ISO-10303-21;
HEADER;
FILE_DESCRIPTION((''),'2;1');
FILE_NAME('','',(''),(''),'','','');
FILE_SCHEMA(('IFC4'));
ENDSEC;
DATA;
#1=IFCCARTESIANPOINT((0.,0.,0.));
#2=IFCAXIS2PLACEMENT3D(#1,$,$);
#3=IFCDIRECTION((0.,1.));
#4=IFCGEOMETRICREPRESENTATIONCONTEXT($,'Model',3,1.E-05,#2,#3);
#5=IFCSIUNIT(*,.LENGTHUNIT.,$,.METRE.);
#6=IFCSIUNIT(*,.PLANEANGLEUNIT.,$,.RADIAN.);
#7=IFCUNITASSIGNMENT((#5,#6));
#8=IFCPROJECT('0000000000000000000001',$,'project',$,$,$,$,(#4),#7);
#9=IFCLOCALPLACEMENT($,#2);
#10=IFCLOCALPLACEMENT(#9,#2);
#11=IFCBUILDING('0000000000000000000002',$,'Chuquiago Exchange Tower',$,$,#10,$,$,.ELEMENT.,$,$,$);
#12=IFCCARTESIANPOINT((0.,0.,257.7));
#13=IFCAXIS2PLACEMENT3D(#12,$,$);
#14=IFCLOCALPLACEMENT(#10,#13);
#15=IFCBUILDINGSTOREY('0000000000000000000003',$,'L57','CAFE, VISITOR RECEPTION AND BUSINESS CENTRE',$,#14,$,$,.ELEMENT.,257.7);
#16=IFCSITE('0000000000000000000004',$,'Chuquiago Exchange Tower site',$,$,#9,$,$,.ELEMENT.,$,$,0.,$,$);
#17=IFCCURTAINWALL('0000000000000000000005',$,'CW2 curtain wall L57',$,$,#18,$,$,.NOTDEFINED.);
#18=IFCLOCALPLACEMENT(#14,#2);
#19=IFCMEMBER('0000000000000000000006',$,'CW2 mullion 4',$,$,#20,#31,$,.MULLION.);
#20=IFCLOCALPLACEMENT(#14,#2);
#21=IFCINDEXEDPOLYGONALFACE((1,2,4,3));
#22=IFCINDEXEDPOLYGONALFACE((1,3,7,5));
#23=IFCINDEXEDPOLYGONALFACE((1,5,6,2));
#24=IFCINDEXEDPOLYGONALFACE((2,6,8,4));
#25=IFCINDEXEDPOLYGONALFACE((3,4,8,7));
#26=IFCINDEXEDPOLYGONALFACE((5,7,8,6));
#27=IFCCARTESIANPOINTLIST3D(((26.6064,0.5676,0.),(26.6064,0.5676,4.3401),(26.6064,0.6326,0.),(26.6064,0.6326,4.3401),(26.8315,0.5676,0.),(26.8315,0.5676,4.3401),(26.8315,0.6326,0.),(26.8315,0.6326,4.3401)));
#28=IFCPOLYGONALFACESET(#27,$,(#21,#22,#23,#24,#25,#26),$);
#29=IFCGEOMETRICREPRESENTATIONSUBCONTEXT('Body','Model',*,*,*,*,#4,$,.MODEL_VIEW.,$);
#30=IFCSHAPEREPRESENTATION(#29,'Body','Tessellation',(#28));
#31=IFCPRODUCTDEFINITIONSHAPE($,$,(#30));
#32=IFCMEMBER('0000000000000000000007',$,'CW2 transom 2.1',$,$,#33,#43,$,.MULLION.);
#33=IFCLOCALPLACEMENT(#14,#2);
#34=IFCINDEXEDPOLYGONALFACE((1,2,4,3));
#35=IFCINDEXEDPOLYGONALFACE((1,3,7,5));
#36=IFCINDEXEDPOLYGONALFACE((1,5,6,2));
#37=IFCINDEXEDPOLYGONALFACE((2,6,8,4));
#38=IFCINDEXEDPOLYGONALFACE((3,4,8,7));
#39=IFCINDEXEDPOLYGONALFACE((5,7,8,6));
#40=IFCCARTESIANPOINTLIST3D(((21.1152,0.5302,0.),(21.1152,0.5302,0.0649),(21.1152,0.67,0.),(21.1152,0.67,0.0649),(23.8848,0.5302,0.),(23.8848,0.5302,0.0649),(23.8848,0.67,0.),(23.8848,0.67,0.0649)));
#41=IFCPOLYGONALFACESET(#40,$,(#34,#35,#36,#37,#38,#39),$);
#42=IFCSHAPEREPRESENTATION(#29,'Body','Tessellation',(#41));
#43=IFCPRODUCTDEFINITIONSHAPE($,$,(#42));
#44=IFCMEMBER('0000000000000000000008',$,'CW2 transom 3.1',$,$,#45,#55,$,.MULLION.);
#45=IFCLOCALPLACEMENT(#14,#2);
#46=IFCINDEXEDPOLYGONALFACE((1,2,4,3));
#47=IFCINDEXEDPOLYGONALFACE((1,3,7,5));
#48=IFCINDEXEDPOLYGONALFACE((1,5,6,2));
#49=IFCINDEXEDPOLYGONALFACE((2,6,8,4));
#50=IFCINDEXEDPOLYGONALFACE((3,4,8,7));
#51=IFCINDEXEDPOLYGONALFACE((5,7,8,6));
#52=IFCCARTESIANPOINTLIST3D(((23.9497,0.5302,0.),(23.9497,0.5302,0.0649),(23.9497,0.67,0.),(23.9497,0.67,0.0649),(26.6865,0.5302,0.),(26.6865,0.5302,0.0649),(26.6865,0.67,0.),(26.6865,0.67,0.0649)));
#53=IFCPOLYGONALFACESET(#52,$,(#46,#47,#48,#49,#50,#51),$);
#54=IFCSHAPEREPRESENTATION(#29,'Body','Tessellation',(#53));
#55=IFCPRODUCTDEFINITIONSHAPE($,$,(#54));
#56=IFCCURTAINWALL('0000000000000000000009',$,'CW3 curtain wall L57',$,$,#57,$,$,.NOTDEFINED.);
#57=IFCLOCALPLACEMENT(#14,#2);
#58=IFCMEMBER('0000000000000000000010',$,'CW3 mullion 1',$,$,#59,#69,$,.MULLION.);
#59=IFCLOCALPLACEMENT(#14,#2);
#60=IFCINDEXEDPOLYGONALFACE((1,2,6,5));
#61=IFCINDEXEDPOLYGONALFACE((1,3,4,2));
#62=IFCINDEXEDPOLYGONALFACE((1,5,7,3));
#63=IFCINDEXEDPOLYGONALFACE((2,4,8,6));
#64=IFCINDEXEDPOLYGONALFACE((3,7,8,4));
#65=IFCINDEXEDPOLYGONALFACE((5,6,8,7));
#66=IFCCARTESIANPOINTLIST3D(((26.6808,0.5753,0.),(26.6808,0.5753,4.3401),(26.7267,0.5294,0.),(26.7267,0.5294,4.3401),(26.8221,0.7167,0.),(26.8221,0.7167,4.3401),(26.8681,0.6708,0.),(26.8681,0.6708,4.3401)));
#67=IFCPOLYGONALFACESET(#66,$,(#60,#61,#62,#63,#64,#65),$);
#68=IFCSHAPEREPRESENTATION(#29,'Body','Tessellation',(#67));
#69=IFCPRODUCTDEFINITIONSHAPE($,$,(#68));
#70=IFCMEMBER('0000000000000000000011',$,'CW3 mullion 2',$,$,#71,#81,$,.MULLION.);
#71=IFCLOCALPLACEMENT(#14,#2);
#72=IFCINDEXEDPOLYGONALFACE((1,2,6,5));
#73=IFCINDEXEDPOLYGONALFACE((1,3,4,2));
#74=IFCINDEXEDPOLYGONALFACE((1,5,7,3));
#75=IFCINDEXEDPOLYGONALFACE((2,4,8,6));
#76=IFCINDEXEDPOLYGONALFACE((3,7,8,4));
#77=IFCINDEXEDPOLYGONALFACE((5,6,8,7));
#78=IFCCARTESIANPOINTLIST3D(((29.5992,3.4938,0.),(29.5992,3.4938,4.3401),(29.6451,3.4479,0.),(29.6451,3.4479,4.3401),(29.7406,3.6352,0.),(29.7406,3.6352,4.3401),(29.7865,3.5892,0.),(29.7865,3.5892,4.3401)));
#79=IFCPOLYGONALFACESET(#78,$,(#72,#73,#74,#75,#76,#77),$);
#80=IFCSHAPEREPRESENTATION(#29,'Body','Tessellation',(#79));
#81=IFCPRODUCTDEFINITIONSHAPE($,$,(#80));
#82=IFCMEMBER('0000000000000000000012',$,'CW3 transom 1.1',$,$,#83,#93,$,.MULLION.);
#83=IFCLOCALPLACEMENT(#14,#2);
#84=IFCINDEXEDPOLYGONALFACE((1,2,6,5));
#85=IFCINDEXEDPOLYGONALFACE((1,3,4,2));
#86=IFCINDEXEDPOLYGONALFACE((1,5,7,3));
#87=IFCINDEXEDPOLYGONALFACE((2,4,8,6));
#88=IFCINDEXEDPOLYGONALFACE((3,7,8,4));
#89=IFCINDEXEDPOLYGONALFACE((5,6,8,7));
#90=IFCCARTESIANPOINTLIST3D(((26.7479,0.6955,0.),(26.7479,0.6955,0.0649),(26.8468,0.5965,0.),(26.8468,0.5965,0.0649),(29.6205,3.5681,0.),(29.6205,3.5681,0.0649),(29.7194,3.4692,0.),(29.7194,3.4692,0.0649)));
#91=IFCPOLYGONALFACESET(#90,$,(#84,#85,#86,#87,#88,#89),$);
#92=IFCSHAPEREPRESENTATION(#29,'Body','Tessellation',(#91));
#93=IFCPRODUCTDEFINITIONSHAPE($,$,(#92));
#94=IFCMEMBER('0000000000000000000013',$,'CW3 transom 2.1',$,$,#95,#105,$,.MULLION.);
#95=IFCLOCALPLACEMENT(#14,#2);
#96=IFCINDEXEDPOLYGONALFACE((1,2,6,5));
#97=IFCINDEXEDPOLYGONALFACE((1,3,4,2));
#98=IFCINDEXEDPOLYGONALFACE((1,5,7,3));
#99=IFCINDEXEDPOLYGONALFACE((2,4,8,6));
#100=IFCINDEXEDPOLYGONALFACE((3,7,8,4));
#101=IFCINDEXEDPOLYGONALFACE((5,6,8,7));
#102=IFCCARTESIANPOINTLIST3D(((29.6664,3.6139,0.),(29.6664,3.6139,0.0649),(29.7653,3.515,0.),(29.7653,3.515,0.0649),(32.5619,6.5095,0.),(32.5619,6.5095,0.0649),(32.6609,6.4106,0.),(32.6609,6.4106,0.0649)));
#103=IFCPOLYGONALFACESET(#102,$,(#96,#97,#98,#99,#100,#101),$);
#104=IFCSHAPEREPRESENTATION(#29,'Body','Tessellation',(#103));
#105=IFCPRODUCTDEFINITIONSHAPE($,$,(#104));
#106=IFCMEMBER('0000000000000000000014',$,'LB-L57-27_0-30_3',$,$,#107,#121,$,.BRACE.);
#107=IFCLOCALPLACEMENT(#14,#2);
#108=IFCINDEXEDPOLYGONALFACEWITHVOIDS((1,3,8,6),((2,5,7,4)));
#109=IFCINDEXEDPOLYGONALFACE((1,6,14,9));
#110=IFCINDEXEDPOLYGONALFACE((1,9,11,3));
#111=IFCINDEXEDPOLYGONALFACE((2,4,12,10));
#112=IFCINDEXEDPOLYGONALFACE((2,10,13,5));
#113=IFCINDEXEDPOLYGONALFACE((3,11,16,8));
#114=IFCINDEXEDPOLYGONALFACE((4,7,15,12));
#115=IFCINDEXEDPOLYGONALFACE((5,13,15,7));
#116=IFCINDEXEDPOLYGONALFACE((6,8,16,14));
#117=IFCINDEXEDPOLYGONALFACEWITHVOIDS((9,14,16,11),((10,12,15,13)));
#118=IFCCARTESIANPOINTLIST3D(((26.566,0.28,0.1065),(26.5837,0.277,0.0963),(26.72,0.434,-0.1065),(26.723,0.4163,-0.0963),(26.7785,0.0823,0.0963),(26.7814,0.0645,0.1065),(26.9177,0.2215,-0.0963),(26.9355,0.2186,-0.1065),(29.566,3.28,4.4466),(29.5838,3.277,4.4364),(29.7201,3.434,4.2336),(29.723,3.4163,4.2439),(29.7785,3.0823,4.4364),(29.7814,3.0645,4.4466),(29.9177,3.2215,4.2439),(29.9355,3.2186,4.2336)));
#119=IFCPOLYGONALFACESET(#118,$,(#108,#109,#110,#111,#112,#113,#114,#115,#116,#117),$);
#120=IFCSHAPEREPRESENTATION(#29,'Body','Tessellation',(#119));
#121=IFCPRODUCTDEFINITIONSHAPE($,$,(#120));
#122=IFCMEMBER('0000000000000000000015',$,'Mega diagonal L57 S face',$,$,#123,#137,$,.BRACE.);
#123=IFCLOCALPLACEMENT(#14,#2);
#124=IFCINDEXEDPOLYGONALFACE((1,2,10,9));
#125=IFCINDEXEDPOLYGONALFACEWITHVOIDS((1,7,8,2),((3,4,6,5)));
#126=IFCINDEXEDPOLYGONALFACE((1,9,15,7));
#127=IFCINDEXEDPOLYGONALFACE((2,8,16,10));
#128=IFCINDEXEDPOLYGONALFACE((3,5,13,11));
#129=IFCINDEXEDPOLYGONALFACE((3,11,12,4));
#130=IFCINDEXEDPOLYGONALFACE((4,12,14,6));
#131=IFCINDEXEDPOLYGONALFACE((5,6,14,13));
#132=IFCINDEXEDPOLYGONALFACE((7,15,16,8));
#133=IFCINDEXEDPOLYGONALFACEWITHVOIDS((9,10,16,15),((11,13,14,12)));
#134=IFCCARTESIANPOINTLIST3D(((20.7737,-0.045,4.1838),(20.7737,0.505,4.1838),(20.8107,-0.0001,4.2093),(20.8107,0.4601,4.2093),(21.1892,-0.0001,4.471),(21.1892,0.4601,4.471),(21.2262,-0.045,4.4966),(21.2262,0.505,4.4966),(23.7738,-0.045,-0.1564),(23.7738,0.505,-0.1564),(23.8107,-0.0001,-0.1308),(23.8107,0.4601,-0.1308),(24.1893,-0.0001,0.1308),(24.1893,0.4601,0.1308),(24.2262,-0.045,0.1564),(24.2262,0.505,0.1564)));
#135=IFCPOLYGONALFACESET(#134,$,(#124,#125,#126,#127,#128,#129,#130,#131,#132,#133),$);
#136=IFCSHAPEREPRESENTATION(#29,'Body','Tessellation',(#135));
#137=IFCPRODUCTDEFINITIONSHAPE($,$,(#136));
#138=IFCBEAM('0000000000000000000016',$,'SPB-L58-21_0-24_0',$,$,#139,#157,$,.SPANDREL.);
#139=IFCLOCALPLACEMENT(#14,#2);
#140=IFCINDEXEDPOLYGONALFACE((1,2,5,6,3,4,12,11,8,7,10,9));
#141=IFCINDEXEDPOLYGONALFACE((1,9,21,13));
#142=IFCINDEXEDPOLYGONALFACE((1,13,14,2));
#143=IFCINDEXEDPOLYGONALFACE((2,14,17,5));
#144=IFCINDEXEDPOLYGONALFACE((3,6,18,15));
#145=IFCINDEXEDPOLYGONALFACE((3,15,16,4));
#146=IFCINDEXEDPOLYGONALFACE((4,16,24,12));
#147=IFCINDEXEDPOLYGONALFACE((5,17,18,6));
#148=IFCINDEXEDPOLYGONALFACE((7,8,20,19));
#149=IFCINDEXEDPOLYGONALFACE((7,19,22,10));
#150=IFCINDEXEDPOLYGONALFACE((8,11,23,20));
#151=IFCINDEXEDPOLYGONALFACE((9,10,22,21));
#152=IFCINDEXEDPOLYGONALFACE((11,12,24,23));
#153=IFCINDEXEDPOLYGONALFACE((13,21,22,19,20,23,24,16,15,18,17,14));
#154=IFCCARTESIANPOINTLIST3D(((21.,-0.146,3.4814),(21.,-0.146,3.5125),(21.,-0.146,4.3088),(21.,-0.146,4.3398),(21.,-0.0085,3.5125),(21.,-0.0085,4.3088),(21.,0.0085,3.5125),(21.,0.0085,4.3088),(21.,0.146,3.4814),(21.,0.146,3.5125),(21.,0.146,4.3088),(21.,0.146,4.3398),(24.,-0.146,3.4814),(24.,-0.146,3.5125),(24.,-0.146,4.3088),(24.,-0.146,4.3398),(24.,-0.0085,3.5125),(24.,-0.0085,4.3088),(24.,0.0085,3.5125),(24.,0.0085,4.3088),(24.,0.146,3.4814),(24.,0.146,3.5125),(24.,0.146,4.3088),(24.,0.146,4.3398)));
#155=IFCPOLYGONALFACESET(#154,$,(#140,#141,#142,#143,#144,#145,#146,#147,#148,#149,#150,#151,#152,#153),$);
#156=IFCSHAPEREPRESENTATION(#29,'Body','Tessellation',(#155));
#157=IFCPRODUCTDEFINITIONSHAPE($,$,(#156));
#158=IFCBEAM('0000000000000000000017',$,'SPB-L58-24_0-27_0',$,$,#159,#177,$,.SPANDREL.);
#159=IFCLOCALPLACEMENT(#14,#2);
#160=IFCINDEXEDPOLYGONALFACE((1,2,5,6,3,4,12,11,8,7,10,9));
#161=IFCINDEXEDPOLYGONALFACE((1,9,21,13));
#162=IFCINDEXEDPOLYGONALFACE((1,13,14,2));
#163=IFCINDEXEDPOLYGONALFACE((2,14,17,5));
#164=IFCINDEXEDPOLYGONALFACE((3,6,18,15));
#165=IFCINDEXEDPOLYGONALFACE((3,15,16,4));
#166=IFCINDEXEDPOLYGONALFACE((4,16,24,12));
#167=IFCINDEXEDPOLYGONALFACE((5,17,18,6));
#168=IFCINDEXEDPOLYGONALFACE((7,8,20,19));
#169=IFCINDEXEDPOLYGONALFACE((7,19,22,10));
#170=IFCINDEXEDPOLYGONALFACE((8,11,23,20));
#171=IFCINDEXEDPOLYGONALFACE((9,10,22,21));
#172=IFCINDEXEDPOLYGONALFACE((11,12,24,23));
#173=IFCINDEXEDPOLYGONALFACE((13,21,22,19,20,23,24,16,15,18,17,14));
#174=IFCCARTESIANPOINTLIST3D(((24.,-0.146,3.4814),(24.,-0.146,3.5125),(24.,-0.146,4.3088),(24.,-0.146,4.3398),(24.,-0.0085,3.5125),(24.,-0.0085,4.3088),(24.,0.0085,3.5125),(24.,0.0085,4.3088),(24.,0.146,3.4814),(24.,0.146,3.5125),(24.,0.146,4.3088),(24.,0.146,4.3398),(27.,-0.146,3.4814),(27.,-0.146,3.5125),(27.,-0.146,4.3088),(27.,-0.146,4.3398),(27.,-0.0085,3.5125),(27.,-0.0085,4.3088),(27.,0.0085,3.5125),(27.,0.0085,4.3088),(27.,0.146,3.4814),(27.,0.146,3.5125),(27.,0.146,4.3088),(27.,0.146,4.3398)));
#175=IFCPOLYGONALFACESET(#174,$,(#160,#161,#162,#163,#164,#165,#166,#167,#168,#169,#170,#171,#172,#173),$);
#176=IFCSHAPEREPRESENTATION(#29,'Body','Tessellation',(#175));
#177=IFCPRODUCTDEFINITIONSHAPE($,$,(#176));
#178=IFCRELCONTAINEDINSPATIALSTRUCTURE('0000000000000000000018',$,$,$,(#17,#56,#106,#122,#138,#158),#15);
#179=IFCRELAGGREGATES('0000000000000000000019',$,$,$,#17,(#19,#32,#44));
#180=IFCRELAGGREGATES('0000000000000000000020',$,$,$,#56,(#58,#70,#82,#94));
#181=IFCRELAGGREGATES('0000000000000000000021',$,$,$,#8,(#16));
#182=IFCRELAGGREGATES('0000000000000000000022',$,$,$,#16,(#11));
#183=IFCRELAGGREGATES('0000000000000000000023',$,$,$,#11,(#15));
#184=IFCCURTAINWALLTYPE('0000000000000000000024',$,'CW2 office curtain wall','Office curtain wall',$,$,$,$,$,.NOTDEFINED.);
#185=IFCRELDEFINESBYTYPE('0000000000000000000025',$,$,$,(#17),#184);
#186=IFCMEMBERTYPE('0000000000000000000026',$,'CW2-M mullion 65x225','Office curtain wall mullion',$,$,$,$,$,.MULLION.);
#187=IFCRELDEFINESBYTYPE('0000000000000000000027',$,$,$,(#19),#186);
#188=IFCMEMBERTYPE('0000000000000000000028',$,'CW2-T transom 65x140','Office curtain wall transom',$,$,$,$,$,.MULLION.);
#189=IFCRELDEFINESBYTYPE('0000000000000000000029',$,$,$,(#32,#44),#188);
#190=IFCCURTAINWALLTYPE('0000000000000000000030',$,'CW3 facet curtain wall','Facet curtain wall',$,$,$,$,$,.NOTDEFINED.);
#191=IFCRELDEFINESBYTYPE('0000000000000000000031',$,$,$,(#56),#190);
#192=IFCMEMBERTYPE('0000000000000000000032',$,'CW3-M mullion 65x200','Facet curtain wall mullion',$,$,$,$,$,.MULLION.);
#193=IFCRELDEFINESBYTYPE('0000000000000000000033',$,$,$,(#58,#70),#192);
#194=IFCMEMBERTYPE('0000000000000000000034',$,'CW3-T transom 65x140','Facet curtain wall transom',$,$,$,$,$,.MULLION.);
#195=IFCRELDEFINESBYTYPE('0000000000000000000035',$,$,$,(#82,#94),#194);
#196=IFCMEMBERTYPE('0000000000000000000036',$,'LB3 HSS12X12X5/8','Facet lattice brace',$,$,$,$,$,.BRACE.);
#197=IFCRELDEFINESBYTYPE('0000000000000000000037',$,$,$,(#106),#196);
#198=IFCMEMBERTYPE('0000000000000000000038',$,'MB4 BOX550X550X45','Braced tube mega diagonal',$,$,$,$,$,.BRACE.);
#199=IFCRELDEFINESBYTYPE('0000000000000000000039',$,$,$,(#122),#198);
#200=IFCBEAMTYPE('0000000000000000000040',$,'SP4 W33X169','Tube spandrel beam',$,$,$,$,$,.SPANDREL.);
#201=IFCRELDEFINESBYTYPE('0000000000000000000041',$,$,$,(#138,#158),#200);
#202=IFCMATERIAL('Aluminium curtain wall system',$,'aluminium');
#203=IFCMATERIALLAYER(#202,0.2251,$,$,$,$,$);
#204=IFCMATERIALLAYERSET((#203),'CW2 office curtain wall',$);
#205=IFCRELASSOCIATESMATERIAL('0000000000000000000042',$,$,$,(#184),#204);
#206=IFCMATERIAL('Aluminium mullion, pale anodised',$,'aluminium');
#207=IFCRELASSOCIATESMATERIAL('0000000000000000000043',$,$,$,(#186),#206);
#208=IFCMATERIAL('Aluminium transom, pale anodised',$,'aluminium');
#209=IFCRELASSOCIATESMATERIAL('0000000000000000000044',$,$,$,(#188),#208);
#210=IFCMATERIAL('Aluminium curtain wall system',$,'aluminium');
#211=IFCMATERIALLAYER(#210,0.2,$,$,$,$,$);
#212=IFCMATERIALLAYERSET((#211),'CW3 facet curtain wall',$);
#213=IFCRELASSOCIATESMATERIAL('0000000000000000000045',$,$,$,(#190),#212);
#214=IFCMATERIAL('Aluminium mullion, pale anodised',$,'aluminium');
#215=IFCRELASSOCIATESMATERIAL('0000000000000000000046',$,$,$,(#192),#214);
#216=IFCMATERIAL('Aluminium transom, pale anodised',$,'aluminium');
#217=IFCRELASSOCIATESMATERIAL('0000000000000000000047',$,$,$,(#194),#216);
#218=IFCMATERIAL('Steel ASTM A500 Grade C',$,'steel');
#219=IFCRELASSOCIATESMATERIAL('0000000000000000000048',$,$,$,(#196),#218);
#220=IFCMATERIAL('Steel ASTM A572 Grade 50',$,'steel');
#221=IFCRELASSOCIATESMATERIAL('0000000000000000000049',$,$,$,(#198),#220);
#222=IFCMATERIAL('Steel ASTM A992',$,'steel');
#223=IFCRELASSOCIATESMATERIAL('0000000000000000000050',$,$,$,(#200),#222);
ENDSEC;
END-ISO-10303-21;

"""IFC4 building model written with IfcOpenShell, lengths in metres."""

from ifc_helpers import new_model, si_unit, direction, frame, origin, origin_2d, place, context, subcontext, project, spatial, rectangle, hollow_rectangle, i_section, extrude, material, layer, layer_set, material_profile, profile_set, type_object, element, aggregate, save


model = new_model("IFC4")

# Units and contexts
model_context = context("Model", 3, precision=1e-05, world=origin(), true_north=direction((0.0, 1.0)))
body_context = subcontext(model_context, "Body", "Model", "MODEL_VIEW")
ifc_project = project(units=[si_unit("LENGTHUNIT", "METRE"), si_unit("PLANEANGLEUNIT", "RADIAN")], contexts=[model_context])

# Site, building, storey
site_placement = place(None, origin())
site = spatial("IfcSite", under=ifc_project, at=site_placement, Name="Chuquiago Exchange Tower site", CompositionType="ELEMENT", RefElevation=0.0)
building_placement = place(site_placement, origin())
building = spatial("IfcBuilding", under=site, at=building_placement, Name="Chuquiago Exchange Tower", CompositionType="ELEMENT")
storey_placement = place(building_placement, frame((0.0, 0.0, 257.7)))
storey = spatial("IfcBuildingStorey", under=building, at=storey_placement, Name="L57", Description="CAFE, VISITOR RECEPTION AND BUSINESS CENTRE", CompositionType="ELEMENT", Elevation=257.7)

# Curtain walls, members
ifc_material_1 = material(Name="Aluminium curtain wall system", Category="aluminium")
ifc_layer_1 = layer(ifc_material_1, 0.2251)
ifc_layer_set_1 = layer_set([ifc_layer_1], Name="CW2 office curtain wall")
curtain_wall_type_1 = type_object("IfcCurtainWallType", Name="CW2 office curtain wall", Description="Office curtain wall", PredefinedType="NOTDEFINED", material=ifc_layer_set_1)
curtain_wall_1_placement = place(storey_placement, origin())
curtain_wall_1 = element("IfcCurtainWall", 1, at=curtain_wall_1_placement, inside=storey, type_object=curtain_wall_type_1, Name="CW2 curtain wall L57", PredefinedType="NOTDEFINED")
ifc_material_2 = material(Name="Aluminium mullion, pale anodised", Category="aluminium")
ifc_material_profile_1 = material_profile(ifc_material_2, rectangle(XDim=0.0649, YDim=0.2251, at=origin_2d()), Name="AL 65x225")
ifc_profile_set_1 = profile_set([ifc_material_profile_1], Name="Aluminium mullion, pale anodised")
member_type_1 = type_object("IfcMemberType", Name="CW2-M mullion 65x225", Description="Office curtain wall mullion", PredefinedType="MULLION", material=ifc_profile_set_1)
member_1_placement = place(storey_placement, frame((26.719, 0.6001, 0.0), z_axis=(0.0, 0.0, 1.0), x_axis=(0.0, 1.0, 0.0)))
member_1 = element("IfcMember", 2, at=member_1_placement, type_object=member_type_1, Name="CW2 mullion 4", PredefinedType="MULLION", context=body_context, shape_type="SweptSolid", body=[
    extrude(rectangle(XDim=0.0649, YDim=0.2251, at=origin_2d()), origin(), (0.0, 0.0, 1.0), 4.3401),
])
ifc_material_3 = material(Name="Aluminium transom, pale anodised", Category="aluminium")
ifc_material_profile_2 = material_profile(ifc_material_3, rectangle(XDim=0.1399, YDim=0.0649, at=origin_2d()), Name="AL 140x65")
ifc_profile_set_2 = profile_set([ifc_material_profile_2], Name="Aluminium transom, pale anodised")
member_type_2 = type_object("IfcMemberType", Name="CW2-T transom 65x140", Description="Office curtain wall transom", PredefinedType="MULLION", material=ifc_profile_set_2)
member_2_placement = place(storey_placement, frame((21.1152, 0.6001, 0.0325), z_axis=(1.0, 0.0, 0.0), x_axis=(0.0, 1.0, 0.0)))
member_2 = element("IfcMember", 3, at=member_2_placement, type_object=member_type_2, Name="CW2 transom 2.1", PredefinedType="MULLION", context=body_context, shape_type="SweptSolid", body=[
    extrude(rectangle(XDim=0.1399, YDim=0.0649, at=origin_2d()), origin(), (0.0, 0.0, 1.0), 2.7695),
])
member_3_placement = place(storey_placement, frame((23.9497, 0.6001, 0.0325), z_axis=(1.0, 0.0, 0.0), x_axis=(0.0, 1.0, 0.0)))
member_3 = element("IfcMember", 4, at=member_3_placement, type_object=member_type_2, Name="CW2 transom 3.1", PredefinedType="MULLION", context=body_context, shape_type="SweptSolid", body=[
    extrude(rectangle(XDim=0.1399, YDim=0.0649, at=origin_2d()), origin(), (0.0, 0.0, 1.0), 2.7368),
])
ifc_material_4 = material(Name="Aluminium curtain wall system", Category="aluminium")
ifc_layer_2 = layer(ifc_material_4, 0.2)
ifc_layer_set_2 = layer_set([ifc_layer_2], Name="CW3 facet curtain wall")
curtain_wall_type_2 = type_object("IfcCurtainWallType", Name="CW3 facet curtain wall", Description="Facet curtain wall", PredefinedType="NOTDEFINED", material=ifc_layer_set_2)
curtain_wall_2_placement = place(storey_placement, origin())
curtain_wall_2 = element("IfcCurtainWall", 5, at=curtain_wall_2_placement, inside=storey, type_object=curtain_wall_type_2, Name="CW3 curtain wall L57", PredefinedType="NOTDEFINED")
ifc_material_5 = material(Name="Aluminium mullion, pale anodised", Category="aluminium")
ifc_material_profile_3 = material_profile(ifc_material_5, rectangle(XDim=0.0649, YDim=0.2, at=origin_2d()), Name="AL 65x200")
ifc_profile_set_3 = profile_set([ifc_material_profile_3], Name="Aluminium mullion, pale anodised")
member_type_3 = type_object("IfcMemberType", Name="CW3-M mullion 65x200", Description="Facet curtain wall mullion", PredefinedType="MULLION", material=ifc_profile_set_3)
member_4_placement = place(storey_placement, frame((26.7744, 0.623, 0.0), z_axis=(0.0, 0.0, 1.0), x_axis=(-0.707107, 0.707107, 0.0)))
member_4 = element("IfcMember", 6, at=member_4_placement, type_object=member_type_3, Name="CW3 mullion 1", PredefinedType="MULLION", context=body_context, shape_type="SweptSolid", body=[
    extrude(rectangle(XDim=0.0649, YDim=0.2, at=origin_2d()), origin(), (0.0, 0.0, 1.0), 4.3401),
])
member_5_placement = place(storey_placement, frame((29.6929, 3.5415, 0.0), z_axis=(0.0, 0.0, 1.0), x_axis=(-0.707107, 0.707107, 0.0)))
member_5 = element("IfcMember", 7, at=member_5_placement, type_object=member_type_3, Name="CW3 mullion 2", PredefinedType="MULLION", context=body_context, shape_type="SweptSolid", body=[
    extrude(rectangle(XDim=0.0649, YDim=0.2, at=origin_2d()), origin(), (0.0, 0.0, 1.0), 4.3401),
])
ifc_material_6 = material(Name="Aluminium transom, pale anodised", Category="aluminium")
ifc_material_profile_4 = material_profile(ifc_material_6, rectangle(XDim=0.1399, YDim=0.0649, at=origin_2d()), Name="AL 140x65")
ifc_profile_set_4 = profile_set([ifc_material_profile_4], Name="Aluminium transom, pale anodised")
member_type_4 = type_object("IfcMemberType", Name="CW3-T transom 65x140", Description="Facet curtain wall transom", PredefinedType="MULLION", material=ifc_profile_set_4)
member_6_placement = place(storey_placement, frame((26.7974, 0.646, 0.0325), z_axis=(0.707107, 0.707107, 0.0), x_axis=(-0.707107, 0.707107, 0.0)))
member_6 = element("IfcMember", 8, at=member_6_placement, type_object=member_type_4, Name="CW3 transom 1.1", PredefinedType="MULLION", context=body_context, shape_type="SweptSolid", body=[
    extrude(rectangle(XDim=0.1399, YDim=0.0649, at=origin_2d()), origin(), (0.0, 0.0, 1.0), 4.0625),
])
member_7_placement = place(storey_placement, frame((29.7158, 3.5645, 0.0325), z_axis=(0.707107, 0.707107, 0.0), x_axis=(-0.707107, 0.707107, 0.0)))
member_7 = element("IfcMember", 9, at=member_7_placement, type_object=member_type_4, Name="CW3 transom 2.1", PredefinedType="MULLION", context=body_context, shape_type="SweptSolid", body=[
    extrude(rectangle(XDim=0.1399, YDim=0.0649, at=origin_2d()), origin(), (0.0, 0.0, 1.0), 4.095),
])

# Members
ifc_material_7 = material(Name="Steel ASTM A500 Grade C", Category="steel")
ifc_material_profile_5 = material_profile(ifc_material_7, hollow_rectangle(XDim=0.3047, YDim=0.3047, WallThickness=0.0146, at=origin_2d()), Name="HSS12X12X5/8")
ifc_profile_set_5 = profile_set([ifc_material_profile_5], Name="Steel ASTM A500 Grade C")
member_type_5 = type_object("IfcMemberType", Name="LB3 HSS12X12X5/8", Description="Facet lattice brace", PredefinedType="BRACE", material=ifc_profile_set_5)
member_8_placement = place(storey_placement, frame((26.7507, 0.2493, 0.0), z_axis=(0.494291, 0.494291, 0.715089), x_axis=(-0.707107, 0.707107, 0.0)))
element("IfcMember", 10, at=member_8_placement, inside=storey, type_object=member_type_5, Name="LB-L57-27_0-30_3", PredefinedType="BRACE", context=body_context, shape_type="SweptSolid", body=[
    extrude(hollow_rectangle(XDim=0.3047, YDim=0.3047, WallThickness=0.0146, at=origin_2d()), origin(), (0.0, 0.0, 1.0), 6.0693),
])
ifc_material_8 = material(Name="Steel ASTM A572 Grade 50", Category="steel")
ifc_material_profile_6 = material_profile(ifc_material_8, hollow_rectangle(XDim=0.55, YDim=0.55, WallThickness=0.0449, at=origin_2d()), Name="BOX550X550X45")
ifc_profile_set_6 = profile_set([ifc_material_profile_6], Name="Steel ASTM A572 Grade 50")
member_type_6 = type_object("IfcMemberType", Name="MB4 BOX550X550X45", Description="Braced tube mega diagonal", PredefinedType="BRACE", material=ifc_profile_set_6)
member_9_placement = place(storey_placement, frame((24.0, 0.23, 0.0), z_axis=(-0.568611, 0.0, 0.822607), x_axis=(0.0, -1.0, 0.0)))
element("IfcMember", 11, at=member_9_placement, inside=storey, type_object=member_type_6, Name="Mega diagonal L57 S face", PredefinedType="BRACE", context=body_context, shape_type="SweptSolid", body=[
    extrude(hollow_rectangle(XDim=0.55, YDim=0.55, WallThickness=0.0449, at=origin_2d()), origin(), (0.0, 0.0, 1.0), 5.2761),
])

# Beams
ifc_material_9 = material(Name="Steel ASTM A992", Category="steel")
ifc_material_profile_7 = material_profile(ifc_material_9, i_section(OverallWidth=0.292, OverallDepth=0.8584, WebThickness=0.0171, FlangeThickness=0.031, at=origin_2d()), Name="W33X169")
ifc_profile_set_7 = profile_set([ifc_material_profile_7], Name="Steel ASTM A992")
beam_type_1 = type_object("IfcBeamType", Name="SP4 W33X169", Description="Tube spandrel beam", PredefinedType="SPANDREL", material=ifc_profile_set_7)
for number, where, z_axis, x_axis, name in (
    (12, (21.0, 0.0, 3.9106), (1.0, 0.0, 0.0), (0.0, 1.0, 0.0), "SPB-L58-21_0-24_0"),
    (13, (24.0, 0.0, 3.9106), (1.0, 0.0, 0.0), (0.0, 1.0, 0.0), "SPB-L58-24_0-27_0"),
):
    element("IfcBeam", number, at=place(storey_placement, frame(where, z_axis=z_axis, x_axis=x_axis)), inside=storey, type_object=beam_type_1, Name=name, PredefinedType="SPANDREL", context=body_context, shape_type="SweptSolid", body=[
        extrude(i_section(OverallWidth=0.292, OverallDepth=0.8584, WebThickness=0.0171, FlangeThickness=0.031, at=origin_2d()), origin(), (0.0, 0.0, 1.0), 3.0),
    ])

aggregate(curtain_wall_1, [member_1, member_2, member_3])
aggregate(curtain_wall_2, [member_4, member_5, member_6, member_7])

save(model, "model.ifc")
